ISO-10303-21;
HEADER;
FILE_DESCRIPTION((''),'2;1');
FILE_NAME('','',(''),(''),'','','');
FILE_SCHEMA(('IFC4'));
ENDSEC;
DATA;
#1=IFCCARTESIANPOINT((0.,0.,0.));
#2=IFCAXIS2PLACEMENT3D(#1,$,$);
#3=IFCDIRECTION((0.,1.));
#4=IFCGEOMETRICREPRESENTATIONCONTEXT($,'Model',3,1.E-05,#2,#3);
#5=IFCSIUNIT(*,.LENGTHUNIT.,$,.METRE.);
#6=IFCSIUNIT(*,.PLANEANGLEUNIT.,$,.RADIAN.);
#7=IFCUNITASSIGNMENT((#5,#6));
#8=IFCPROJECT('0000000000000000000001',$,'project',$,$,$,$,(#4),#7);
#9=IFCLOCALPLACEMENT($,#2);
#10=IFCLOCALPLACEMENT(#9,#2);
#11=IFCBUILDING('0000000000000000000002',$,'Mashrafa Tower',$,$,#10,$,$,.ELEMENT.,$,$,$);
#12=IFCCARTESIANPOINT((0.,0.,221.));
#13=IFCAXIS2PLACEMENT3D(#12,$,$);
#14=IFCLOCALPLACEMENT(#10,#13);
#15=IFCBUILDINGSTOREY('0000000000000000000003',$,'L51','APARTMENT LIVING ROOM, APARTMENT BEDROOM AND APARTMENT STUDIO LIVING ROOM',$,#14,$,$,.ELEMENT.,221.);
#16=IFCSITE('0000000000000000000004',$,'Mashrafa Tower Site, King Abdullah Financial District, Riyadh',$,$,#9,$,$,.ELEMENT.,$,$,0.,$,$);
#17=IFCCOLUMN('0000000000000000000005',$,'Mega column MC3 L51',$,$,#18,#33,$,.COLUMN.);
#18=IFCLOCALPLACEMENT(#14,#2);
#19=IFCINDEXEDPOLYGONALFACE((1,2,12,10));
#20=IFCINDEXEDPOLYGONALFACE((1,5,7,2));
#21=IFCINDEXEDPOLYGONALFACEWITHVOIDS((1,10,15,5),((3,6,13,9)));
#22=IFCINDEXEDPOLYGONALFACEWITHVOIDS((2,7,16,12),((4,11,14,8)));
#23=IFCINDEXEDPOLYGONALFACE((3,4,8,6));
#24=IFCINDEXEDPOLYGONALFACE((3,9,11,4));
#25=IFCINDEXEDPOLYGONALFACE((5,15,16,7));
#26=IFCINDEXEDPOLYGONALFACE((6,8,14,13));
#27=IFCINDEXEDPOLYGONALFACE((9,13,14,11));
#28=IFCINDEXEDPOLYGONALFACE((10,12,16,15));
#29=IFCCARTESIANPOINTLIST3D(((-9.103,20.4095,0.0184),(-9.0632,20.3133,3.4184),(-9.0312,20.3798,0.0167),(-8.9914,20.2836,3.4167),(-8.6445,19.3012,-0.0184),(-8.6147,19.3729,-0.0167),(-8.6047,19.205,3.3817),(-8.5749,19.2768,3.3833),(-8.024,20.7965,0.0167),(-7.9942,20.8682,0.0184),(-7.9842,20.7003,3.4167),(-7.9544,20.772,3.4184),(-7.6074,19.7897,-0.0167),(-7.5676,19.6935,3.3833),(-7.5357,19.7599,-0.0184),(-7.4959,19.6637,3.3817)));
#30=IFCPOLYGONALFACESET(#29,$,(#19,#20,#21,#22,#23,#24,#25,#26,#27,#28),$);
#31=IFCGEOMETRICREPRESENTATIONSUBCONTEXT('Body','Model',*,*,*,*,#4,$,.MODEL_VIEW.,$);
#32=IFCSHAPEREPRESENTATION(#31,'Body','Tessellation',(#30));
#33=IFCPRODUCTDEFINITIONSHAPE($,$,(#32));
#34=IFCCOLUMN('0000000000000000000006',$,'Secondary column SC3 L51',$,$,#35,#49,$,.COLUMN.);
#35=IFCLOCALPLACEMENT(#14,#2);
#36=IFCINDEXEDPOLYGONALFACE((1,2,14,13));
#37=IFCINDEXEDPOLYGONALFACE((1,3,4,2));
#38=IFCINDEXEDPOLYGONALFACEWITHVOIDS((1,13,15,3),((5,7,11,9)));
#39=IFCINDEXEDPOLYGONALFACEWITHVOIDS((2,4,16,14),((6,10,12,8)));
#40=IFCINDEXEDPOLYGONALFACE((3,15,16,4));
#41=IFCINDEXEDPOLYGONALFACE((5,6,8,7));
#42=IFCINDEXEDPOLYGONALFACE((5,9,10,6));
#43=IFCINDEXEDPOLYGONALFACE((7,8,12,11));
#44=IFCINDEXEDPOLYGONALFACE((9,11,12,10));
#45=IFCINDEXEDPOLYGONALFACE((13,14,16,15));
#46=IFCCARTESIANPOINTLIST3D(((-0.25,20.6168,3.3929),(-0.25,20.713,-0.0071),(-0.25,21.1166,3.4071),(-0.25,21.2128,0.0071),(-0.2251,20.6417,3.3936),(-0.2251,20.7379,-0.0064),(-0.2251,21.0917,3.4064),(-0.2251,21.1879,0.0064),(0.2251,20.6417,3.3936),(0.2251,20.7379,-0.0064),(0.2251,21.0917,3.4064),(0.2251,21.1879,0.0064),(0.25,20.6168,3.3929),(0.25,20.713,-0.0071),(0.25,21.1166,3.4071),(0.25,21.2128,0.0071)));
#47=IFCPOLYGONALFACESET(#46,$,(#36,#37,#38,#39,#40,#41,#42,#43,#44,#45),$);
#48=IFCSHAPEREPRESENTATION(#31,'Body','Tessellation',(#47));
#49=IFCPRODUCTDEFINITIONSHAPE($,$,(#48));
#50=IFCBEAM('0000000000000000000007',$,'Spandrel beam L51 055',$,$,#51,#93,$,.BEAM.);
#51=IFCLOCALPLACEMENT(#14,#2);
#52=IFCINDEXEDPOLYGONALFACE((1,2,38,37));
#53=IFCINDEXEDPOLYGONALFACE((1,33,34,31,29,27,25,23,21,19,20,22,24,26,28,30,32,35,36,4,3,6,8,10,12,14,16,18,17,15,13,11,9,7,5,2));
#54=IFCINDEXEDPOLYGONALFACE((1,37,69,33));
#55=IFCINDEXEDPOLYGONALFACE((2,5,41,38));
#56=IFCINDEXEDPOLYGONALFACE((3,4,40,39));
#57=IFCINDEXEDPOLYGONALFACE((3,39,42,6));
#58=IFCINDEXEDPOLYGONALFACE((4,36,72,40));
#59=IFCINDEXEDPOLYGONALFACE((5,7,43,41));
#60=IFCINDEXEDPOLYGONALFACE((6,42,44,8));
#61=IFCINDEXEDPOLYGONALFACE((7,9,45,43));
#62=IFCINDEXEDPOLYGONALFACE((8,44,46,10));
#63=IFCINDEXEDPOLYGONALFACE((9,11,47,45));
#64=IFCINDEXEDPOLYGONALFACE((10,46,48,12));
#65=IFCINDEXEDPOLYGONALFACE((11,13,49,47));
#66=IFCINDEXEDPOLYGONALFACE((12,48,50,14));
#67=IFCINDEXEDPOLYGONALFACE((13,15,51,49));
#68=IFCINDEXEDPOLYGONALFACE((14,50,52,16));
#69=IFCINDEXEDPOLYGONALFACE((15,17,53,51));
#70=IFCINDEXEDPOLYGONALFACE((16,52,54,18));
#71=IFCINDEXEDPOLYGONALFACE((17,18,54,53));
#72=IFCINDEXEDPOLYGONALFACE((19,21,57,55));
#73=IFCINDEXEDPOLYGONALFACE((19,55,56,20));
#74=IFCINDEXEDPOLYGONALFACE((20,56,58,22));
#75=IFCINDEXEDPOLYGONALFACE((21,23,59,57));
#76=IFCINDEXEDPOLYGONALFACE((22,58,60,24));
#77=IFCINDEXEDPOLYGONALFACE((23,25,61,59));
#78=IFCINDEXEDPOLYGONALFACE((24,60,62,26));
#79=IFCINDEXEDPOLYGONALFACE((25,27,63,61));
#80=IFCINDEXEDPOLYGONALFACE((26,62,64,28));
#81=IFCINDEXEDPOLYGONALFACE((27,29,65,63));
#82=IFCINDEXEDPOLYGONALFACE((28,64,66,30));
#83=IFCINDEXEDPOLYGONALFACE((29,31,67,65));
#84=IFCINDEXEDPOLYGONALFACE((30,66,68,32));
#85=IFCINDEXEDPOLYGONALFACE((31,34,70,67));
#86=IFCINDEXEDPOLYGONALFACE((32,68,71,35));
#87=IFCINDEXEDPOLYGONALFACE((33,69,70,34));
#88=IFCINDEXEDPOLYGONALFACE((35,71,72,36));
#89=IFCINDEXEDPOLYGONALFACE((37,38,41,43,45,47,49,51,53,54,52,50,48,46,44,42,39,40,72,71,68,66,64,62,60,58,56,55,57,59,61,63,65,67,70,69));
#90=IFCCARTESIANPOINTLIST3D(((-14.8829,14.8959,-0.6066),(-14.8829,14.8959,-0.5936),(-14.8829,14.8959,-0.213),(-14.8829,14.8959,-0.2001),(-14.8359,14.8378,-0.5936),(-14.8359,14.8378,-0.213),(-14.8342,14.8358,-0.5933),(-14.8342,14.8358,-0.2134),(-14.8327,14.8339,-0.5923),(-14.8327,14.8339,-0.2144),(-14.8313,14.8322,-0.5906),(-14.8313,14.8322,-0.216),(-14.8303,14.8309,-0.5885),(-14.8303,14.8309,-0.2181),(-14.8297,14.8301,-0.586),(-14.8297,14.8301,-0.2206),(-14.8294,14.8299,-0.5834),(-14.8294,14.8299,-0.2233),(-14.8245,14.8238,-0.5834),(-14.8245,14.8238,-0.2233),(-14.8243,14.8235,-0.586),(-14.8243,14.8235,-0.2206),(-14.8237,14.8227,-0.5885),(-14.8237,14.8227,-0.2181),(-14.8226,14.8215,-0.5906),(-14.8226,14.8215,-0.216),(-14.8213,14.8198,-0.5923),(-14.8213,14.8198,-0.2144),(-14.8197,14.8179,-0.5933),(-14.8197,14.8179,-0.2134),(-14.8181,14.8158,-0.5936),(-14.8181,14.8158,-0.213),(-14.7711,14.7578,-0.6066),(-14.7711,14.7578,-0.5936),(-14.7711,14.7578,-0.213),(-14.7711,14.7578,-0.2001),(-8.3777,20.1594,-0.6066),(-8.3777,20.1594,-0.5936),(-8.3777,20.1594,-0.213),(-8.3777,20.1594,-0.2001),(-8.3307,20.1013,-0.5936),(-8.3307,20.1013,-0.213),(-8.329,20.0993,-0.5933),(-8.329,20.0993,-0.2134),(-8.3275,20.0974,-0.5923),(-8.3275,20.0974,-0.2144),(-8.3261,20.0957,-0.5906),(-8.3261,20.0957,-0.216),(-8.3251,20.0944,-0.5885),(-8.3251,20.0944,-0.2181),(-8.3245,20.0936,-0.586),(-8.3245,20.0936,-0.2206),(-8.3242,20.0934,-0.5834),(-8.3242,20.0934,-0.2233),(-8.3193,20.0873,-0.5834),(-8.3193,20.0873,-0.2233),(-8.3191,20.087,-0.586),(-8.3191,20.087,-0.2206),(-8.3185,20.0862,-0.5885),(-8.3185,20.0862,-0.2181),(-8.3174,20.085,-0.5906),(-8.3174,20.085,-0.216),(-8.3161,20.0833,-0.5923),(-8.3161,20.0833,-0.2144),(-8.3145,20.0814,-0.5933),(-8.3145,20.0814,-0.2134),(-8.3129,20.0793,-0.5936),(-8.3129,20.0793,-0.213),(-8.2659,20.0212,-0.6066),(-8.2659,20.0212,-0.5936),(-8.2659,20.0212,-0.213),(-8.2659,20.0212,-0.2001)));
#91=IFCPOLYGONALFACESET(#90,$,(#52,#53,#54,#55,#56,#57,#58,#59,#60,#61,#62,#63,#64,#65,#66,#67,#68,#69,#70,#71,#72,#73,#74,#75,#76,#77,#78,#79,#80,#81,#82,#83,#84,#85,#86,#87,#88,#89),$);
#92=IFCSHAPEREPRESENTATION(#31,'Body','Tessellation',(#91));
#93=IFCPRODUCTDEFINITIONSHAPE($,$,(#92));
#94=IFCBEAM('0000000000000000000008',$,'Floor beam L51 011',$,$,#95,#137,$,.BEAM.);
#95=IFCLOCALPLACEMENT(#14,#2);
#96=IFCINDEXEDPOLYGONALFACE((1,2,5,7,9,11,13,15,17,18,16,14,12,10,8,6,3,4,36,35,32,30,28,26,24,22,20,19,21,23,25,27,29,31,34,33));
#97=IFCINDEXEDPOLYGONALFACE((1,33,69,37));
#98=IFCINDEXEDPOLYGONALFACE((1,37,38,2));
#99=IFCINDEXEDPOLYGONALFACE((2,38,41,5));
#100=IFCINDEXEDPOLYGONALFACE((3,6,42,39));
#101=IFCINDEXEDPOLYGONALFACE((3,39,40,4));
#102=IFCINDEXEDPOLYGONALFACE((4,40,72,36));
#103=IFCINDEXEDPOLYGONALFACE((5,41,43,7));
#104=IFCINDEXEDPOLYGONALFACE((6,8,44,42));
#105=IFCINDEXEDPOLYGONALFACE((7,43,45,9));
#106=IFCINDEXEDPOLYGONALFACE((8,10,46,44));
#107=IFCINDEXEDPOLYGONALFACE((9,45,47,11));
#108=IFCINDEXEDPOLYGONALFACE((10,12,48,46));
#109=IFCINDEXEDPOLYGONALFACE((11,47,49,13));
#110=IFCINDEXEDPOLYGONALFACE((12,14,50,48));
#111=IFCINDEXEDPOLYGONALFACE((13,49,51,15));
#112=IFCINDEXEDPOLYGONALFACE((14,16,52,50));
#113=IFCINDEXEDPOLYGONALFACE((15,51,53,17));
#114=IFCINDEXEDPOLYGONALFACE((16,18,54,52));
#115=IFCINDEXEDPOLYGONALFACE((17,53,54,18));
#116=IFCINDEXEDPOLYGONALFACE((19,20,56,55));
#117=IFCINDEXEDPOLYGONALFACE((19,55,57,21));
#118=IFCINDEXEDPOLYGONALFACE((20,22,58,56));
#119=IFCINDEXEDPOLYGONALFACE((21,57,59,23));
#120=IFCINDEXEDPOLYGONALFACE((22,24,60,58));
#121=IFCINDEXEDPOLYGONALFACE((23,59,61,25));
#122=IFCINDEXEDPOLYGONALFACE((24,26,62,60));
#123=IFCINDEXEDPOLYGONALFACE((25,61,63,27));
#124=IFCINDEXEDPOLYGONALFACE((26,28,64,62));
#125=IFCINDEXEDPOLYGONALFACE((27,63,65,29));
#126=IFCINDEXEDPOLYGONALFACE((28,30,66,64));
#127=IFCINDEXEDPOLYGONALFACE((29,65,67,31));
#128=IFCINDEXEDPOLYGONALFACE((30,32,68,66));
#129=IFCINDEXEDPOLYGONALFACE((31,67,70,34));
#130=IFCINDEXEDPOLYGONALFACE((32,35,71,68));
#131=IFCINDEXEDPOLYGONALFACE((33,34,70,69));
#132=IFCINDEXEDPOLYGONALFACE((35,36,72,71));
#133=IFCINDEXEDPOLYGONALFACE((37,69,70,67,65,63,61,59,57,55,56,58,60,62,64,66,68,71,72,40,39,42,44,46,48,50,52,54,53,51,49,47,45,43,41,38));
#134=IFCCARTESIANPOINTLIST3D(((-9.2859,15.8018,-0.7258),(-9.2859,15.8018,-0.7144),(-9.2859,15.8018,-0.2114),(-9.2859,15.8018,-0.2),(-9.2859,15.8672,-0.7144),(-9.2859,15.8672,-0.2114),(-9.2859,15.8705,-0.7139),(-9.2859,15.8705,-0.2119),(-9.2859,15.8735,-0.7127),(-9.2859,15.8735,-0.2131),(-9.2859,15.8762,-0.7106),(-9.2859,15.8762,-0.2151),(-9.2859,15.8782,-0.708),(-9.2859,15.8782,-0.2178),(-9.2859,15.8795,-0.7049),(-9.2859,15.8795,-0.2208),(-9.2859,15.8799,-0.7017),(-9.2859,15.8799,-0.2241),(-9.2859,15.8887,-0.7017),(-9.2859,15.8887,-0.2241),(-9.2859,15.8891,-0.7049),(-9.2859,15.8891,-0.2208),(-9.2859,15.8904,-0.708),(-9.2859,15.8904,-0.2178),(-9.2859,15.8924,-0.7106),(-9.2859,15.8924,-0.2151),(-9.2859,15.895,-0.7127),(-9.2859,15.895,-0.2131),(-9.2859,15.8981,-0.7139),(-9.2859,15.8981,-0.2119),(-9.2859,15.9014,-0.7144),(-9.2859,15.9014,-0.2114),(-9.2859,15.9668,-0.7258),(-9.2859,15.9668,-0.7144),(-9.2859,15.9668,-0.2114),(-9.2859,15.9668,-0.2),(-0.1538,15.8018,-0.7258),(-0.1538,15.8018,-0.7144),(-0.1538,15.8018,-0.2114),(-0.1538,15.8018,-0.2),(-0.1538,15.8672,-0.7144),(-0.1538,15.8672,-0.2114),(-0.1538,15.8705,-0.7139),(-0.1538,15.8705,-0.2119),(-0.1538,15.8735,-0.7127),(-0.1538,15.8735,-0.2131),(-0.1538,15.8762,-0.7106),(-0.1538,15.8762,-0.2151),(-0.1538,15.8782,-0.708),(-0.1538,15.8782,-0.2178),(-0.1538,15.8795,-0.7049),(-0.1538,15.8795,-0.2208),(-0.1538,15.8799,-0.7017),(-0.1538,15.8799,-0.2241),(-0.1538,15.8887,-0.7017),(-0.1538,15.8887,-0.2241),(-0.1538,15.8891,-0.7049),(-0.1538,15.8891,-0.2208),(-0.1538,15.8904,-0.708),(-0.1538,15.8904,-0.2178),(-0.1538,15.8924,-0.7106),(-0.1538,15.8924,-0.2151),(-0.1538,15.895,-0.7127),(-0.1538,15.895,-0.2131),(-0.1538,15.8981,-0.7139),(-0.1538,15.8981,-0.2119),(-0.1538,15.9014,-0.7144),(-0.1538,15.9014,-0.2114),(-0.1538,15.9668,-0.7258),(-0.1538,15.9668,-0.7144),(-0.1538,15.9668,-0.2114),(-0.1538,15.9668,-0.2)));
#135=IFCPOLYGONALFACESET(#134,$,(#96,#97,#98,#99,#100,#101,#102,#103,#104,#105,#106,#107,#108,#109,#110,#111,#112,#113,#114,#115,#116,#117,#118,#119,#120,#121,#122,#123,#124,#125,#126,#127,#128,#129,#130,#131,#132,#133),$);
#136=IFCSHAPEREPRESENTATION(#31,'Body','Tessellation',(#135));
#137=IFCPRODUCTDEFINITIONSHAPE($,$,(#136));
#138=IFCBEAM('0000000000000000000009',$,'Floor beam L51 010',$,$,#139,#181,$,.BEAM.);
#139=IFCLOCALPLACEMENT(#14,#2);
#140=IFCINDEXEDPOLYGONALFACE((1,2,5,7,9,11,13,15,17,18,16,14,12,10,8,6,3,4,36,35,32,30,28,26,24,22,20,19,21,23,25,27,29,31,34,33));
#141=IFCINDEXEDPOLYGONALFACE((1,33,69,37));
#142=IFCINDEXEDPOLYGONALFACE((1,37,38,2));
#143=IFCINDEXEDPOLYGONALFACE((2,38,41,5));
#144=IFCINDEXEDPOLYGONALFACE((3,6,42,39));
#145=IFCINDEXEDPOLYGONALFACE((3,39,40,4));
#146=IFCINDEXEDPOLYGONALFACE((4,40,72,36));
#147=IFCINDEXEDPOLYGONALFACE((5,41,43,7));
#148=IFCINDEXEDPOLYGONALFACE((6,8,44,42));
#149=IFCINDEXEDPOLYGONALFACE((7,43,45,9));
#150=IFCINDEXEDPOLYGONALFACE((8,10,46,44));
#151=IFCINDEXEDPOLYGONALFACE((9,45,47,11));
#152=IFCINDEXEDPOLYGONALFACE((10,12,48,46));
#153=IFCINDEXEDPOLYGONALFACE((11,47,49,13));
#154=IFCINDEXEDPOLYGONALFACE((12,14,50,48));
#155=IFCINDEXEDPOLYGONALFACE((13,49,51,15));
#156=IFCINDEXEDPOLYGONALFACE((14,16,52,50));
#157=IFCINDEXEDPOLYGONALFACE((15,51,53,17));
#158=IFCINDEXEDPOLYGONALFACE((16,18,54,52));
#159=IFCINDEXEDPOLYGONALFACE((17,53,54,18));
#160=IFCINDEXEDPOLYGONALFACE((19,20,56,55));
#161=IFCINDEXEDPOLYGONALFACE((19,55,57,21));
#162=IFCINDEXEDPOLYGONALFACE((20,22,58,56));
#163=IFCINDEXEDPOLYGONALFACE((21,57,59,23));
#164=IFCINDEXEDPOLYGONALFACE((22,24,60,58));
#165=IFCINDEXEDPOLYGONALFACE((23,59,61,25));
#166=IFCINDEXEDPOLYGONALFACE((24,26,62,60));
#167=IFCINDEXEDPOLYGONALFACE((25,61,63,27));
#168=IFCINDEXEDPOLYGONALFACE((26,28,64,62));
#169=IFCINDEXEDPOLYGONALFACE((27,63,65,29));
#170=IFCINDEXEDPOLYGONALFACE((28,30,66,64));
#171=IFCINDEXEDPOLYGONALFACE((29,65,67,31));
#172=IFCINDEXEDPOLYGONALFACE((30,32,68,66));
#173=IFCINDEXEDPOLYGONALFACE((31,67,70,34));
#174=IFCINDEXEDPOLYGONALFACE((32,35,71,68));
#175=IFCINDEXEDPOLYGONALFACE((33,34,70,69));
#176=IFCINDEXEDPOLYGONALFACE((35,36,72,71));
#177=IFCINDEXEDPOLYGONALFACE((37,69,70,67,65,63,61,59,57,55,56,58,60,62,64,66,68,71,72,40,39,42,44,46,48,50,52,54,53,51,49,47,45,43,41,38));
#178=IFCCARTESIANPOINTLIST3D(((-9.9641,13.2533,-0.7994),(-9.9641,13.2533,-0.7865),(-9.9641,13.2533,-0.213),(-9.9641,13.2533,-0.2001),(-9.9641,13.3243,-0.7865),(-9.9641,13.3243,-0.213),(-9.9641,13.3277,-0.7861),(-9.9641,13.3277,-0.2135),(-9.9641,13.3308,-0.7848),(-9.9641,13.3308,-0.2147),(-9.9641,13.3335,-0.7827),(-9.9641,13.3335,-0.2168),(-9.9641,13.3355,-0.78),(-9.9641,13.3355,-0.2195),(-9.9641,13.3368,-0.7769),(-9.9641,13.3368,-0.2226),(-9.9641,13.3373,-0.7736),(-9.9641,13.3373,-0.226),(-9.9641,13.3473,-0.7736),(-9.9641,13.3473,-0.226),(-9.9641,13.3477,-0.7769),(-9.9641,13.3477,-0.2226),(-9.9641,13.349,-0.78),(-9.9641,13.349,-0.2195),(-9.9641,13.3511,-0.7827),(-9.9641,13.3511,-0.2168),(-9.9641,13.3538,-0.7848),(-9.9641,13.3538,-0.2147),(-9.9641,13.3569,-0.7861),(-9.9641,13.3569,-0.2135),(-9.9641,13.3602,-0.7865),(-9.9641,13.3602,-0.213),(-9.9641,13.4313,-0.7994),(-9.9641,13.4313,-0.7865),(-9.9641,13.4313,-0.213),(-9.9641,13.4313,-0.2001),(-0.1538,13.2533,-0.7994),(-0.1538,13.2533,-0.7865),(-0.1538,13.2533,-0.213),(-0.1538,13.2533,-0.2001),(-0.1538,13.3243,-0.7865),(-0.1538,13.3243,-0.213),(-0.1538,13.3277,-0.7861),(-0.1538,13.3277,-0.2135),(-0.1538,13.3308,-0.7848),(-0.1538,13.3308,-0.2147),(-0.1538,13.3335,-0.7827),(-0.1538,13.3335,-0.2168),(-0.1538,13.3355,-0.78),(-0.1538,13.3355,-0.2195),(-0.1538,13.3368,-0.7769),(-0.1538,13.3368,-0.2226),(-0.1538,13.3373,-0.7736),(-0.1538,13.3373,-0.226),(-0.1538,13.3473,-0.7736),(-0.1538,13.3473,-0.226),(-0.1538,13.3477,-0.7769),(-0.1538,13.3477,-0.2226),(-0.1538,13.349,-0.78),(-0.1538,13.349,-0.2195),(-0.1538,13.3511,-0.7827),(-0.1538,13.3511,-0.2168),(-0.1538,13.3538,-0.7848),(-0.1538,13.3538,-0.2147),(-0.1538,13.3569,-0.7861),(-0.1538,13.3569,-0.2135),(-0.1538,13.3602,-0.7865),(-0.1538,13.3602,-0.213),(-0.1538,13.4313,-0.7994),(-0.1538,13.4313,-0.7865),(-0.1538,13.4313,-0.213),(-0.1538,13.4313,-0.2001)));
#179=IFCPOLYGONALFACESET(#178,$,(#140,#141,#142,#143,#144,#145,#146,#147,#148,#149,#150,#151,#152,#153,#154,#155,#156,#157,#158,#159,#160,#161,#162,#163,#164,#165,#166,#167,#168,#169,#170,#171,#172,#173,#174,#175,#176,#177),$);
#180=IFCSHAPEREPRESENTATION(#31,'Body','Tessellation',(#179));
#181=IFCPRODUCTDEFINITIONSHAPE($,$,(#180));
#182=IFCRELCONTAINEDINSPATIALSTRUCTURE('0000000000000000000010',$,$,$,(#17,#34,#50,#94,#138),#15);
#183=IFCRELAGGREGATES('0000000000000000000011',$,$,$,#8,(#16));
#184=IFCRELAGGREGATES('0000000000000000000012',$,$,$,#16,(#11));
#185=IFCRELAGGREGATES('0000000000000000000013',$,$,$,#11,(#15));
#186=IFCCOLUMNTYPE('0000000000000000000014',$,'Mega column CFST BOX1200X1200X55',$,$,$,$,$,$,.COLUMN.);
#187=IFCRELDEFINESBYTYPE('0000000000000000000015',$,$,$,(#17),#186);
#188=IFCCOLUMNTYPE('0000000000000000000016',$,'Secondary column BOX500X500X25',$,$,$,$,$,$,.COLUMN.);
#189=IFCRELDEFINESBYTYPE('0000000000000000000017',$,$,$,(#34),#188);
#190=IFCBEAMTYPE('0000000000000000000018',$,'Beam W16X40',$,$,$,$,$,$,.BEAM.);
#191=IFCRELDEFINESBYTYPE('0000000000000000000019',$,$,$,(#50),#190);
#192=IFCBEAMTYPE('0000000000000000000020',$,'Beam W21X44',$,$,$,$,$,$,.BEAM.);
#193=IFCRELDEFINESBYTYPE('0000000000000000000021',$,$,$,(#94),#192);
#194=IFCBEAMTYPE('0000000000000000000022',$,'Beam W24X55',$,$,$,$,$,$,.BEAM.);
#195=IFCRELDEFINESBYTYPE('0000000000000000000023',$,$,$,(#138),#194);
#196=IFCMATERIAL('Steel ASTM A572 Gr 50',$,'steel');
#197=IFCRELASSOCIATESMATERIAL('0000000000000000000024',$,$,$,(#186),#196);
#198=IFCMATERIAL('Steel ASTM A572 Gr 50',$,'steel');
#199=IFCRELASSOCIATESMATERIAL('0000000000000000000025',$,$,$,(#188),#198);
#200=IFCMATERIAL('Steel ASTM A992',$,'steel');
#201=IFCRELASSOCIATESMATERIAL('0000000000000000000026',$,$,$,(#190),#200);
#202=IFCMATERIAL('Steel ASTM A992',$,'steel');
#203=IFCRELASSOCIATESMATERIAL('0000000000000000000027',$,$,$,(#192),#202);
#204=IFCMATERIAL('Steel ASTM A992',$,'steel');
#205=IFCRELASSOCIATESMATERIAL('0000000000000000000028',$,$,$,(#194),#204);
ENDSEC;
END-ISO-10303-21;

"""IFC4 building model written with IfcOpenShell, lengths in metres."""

from ifc_helpers import new_model, si_unit, direction, frame, origin, origin_2d, place, context, subcontext, project, spatial, hollow_rectangle, i_section, extrude, material, material_profile, profile_set, type_object, element, save


model = new_model("IFC4")

# Units and contexts
model_context = context("Model", 3, precision=1e-05, world=origin(), true_north=direction((0.0, 1.0)))
body_context = subcontext(model_context, "Body", "Model", "MODEL_VIEW")
ifc_project = project(units=[si_unit("LENGTHUNIT", "METRE"), si_unit("PLANEANGLEUNIT", "RADIAN")], contexts=[model_context])

# Site, building, storey
site_placement = place(None, origin())
site = spatial("IfcSite", under=ifc_project, at=site_placement, Name="Mashrafa Tower Site, King Abdullah Financial District, Riyadh", CompositionType="ELEMENT", RefElevation=0.0)
building_placement = place(site_placement, origin())
building = spatial("IfcBuilding", under=site, at=building_placement, Name="Mashrafa Tower", CompositionType="ELEMENT")
storey_placement = place(building_placement, frame((0.0, 0.0, 221.0)))
storey = spatial("IfcBuildingStorey", under=building, at=storey_placement, Name="L51", Description="APARTMENT LIVING ROOM, APARTMENT BEDROOM AND APARTMENT STUDIO LIVING ROOM", CompositionType="ELEMENT", Elevation=221.0)

# Columns
ifc_material_1 = material(Name="Steel ASTM A572 Gr 50", Category="steel")
ifc_material_profile_1 = material_profile(ifc_material_1, hollow_rectangle(XDim=1.2, YDim=1.2, WallThickness=0.0549, at=origin_2d()), Name="BOX1200X1200X55")
ifc_profile_set_1 = profile_set([ifc_material_profile_1], Name="Steel ASTM A572 Gr 50")
column_type_1 = type_object("IfcColumnType", Name="Mega column CFST BOX1200X1200X55", PredefinedType="COLUMN", material=ifc_profile_set_1)
column_1_placement = place(storey_placement, frame((-8.3193, 20.0847, 0.0), z_axis=(0.011699, -0.028279, 0.999532), x_axis=(0.924045, 0.382283, 0.0)))
element("IfcColumn", 1, at=column_1_placement, inside=storey, type_object=column_type_1, Name="Mega column MC3 L51", PredefinedType="COLUMN", context=body_context, shape_type="SweptSolid", body=[
    extrude(hollow_rectangle(XDim=1.2, YDim=1.2, WallThickness=0.0549, at=origin_2d()), origin(), (0.0, 0.0, 1.0), 3.4016),
])
ifc_material_2 = material(Name="Steel ASTM A572 Gr 50", Category="steel")
ifc_material_profile_2 = material_profile(ifc_material_2, hollow_rectangle(XDim=0.5, YDim=0.5, WallThickness=0.0249, at=origin_2d()), Name="BOX500X500X25")
ifc_profile_set_2 = profile_set([ifc_material_profile_2], Name="Steel ASTM A572 Gr 50")
column_type_2 = type_object("IfcColumnType", Name="Secondary column BOX500X500X25", PredefinedType="COLUMN", material=ifc_profile_set_2)
column_2_placement = place(storey_placement, frame((0.0, 20.9629, 0.0), z_axis=(0.0, -0.028281, 0.9996), x_axis=(1.0, 0.0, 0.0)))
element("IfcColumn", 2, at=column_2_placement, inside=storey, type_object=column_type_2, Name="Secondary column SC3 L51", PredefinedType="COLUMN", context=body_context, shape_type="SweptSolid", body=[
    extrude(hollow_rectangle(XDim=0.5, YDim=0.5, WallThickness=0.0249, at=origin_2d()), origin(), (0.0, 0.0, 1.0), 3.4014),
])

# Beams
ifc_material_3 = material(Name="Steel ASTM A992", Category="steel")
ifc_material_profile_3 = material_profile(ifc_material_3, i_section(OverallWidth=0.1777, OverallDepth=0.4065, WebThickness=0.0078, FlangeThickness=0.0129, FilletRadius=0.0103, at=origin_2d()), Name="W16X40")
ifc_profile_set_3 = profile_set([ifc_material_profile_3], Name="Steel ASTM A992")
beam_type_1 = type_object("IfcBeamType", Name="Beam W16X40", PredefinedType="BEAM", material=ifc_profile_set_3)
beam_1_placement = place(storey_placement, frame((-8.3218, 20.0903, -0.4033), z_axis=(-0.777398, -0.629009, 0.0), x_axis=(0.629009, -0.777398, 0.0)))
element("IfcBeam", 3, at=beam_1_placement, inside=storey, type_object=beam_type_1, Name="Spandrel beam L51 055", PredefinedType="BEAM", context=body_context, shape_type="SweptSolid", body=[
    extrude(i_section(OverallWidth=0.1777, OverallDepth=0.4065, WebThickness=0.0078, FlangeThickness=0.0129, FilletRadius=0.0103, at=origin_2d()), origin(), (0.0, 0.0, 1.0), 8.3679),
])
ifc_material_4 = material(Name="Steel ASTM A992", Category="steel")
ifc_material_profile_4 = material_profile(ifc_material_4, i_section(OverallWidth=0.165, OverallDepth=0.5259, WebThickness=0.0088, FlangeThickness=0.0115, FilletRadius=0.0127, at=origin_2d()), Name="W21X44")
ifc_profile_set_4 = profile_set([ifc_material_profile_4], Name="Steel ASTM A992")
beam_type_2 = type_object("IfcBeamType", Name="Beam W21X44", PredefinedType="BEAM", material=ifc_profile_set_4)
beam_2_placement = place(storey_placement, frame((-9.2859, 15.8843, -0.4629), z_axis=(1.0, 0.0, 0.0), x_axis=(0.0, 1.0, 0.0)))
element("IfcBeam", 4, at=beam_2_placement, inside=storey, type_object=beam_type_2, Name="Floor beam L51 011", PredefinedType="BEAM", context=body_context, shape_type="SweptSolid", body=[
    extrude(i_section(OverallWidth=0.165, OverallDepth=0.5259, WebThickness=0.0088, FlangeThickness=0.0115, FilletRadius=0.0127, at=origin_2d()), origin(), (0.0, 0.0, 1.0), 9.1321),
])
ifc_material_5 = material(Name="Steel ASTM A992", Category="steel")
ifc_material_profile_5 = material_profile(ifc_material_5, i_section(OverallWidth=0.178, OverallDepth=0.5994, WebThickness=0.01, FlangeThickness=0.0129, FilletRadius=0.0129, at=origin_2d()), Name="W24X55")
ifc_profile_set_5 = profile_set([ifc_material_profile_5], Name="Steel ASTM A992")
beam_type_3 = type_object("IfcBeamType", Name="Beam W24X55", PredefinedType="BEAM", material=ifc_profile_set_5)
beam_3_placement = place(storey_placement, frame((-9.9641, 13.3423, -0.4998), z_axis=(1.0, 0.0, 0.0), x_axis=(0.0, 1.0, 0.0)))
element("IfcBeam", 5, at=beam_3_placement, inside=storey, type_object=beam_type_3, Name="Floor beam L51 010", PredefinedType="BEAM", context=body_context, shape_type="SweptSolid", body=[
    extrude(i_section(OverallWidth=0.178, OverallDepth=0.5994, WebThickness=0.01, FlangeThickness=0.0129, FilletRadius=0.0129, at=origin_2d()), origin(), (0.0, 0.0, 1.0), 9.8103),
])

save(model, "model.ifc")
